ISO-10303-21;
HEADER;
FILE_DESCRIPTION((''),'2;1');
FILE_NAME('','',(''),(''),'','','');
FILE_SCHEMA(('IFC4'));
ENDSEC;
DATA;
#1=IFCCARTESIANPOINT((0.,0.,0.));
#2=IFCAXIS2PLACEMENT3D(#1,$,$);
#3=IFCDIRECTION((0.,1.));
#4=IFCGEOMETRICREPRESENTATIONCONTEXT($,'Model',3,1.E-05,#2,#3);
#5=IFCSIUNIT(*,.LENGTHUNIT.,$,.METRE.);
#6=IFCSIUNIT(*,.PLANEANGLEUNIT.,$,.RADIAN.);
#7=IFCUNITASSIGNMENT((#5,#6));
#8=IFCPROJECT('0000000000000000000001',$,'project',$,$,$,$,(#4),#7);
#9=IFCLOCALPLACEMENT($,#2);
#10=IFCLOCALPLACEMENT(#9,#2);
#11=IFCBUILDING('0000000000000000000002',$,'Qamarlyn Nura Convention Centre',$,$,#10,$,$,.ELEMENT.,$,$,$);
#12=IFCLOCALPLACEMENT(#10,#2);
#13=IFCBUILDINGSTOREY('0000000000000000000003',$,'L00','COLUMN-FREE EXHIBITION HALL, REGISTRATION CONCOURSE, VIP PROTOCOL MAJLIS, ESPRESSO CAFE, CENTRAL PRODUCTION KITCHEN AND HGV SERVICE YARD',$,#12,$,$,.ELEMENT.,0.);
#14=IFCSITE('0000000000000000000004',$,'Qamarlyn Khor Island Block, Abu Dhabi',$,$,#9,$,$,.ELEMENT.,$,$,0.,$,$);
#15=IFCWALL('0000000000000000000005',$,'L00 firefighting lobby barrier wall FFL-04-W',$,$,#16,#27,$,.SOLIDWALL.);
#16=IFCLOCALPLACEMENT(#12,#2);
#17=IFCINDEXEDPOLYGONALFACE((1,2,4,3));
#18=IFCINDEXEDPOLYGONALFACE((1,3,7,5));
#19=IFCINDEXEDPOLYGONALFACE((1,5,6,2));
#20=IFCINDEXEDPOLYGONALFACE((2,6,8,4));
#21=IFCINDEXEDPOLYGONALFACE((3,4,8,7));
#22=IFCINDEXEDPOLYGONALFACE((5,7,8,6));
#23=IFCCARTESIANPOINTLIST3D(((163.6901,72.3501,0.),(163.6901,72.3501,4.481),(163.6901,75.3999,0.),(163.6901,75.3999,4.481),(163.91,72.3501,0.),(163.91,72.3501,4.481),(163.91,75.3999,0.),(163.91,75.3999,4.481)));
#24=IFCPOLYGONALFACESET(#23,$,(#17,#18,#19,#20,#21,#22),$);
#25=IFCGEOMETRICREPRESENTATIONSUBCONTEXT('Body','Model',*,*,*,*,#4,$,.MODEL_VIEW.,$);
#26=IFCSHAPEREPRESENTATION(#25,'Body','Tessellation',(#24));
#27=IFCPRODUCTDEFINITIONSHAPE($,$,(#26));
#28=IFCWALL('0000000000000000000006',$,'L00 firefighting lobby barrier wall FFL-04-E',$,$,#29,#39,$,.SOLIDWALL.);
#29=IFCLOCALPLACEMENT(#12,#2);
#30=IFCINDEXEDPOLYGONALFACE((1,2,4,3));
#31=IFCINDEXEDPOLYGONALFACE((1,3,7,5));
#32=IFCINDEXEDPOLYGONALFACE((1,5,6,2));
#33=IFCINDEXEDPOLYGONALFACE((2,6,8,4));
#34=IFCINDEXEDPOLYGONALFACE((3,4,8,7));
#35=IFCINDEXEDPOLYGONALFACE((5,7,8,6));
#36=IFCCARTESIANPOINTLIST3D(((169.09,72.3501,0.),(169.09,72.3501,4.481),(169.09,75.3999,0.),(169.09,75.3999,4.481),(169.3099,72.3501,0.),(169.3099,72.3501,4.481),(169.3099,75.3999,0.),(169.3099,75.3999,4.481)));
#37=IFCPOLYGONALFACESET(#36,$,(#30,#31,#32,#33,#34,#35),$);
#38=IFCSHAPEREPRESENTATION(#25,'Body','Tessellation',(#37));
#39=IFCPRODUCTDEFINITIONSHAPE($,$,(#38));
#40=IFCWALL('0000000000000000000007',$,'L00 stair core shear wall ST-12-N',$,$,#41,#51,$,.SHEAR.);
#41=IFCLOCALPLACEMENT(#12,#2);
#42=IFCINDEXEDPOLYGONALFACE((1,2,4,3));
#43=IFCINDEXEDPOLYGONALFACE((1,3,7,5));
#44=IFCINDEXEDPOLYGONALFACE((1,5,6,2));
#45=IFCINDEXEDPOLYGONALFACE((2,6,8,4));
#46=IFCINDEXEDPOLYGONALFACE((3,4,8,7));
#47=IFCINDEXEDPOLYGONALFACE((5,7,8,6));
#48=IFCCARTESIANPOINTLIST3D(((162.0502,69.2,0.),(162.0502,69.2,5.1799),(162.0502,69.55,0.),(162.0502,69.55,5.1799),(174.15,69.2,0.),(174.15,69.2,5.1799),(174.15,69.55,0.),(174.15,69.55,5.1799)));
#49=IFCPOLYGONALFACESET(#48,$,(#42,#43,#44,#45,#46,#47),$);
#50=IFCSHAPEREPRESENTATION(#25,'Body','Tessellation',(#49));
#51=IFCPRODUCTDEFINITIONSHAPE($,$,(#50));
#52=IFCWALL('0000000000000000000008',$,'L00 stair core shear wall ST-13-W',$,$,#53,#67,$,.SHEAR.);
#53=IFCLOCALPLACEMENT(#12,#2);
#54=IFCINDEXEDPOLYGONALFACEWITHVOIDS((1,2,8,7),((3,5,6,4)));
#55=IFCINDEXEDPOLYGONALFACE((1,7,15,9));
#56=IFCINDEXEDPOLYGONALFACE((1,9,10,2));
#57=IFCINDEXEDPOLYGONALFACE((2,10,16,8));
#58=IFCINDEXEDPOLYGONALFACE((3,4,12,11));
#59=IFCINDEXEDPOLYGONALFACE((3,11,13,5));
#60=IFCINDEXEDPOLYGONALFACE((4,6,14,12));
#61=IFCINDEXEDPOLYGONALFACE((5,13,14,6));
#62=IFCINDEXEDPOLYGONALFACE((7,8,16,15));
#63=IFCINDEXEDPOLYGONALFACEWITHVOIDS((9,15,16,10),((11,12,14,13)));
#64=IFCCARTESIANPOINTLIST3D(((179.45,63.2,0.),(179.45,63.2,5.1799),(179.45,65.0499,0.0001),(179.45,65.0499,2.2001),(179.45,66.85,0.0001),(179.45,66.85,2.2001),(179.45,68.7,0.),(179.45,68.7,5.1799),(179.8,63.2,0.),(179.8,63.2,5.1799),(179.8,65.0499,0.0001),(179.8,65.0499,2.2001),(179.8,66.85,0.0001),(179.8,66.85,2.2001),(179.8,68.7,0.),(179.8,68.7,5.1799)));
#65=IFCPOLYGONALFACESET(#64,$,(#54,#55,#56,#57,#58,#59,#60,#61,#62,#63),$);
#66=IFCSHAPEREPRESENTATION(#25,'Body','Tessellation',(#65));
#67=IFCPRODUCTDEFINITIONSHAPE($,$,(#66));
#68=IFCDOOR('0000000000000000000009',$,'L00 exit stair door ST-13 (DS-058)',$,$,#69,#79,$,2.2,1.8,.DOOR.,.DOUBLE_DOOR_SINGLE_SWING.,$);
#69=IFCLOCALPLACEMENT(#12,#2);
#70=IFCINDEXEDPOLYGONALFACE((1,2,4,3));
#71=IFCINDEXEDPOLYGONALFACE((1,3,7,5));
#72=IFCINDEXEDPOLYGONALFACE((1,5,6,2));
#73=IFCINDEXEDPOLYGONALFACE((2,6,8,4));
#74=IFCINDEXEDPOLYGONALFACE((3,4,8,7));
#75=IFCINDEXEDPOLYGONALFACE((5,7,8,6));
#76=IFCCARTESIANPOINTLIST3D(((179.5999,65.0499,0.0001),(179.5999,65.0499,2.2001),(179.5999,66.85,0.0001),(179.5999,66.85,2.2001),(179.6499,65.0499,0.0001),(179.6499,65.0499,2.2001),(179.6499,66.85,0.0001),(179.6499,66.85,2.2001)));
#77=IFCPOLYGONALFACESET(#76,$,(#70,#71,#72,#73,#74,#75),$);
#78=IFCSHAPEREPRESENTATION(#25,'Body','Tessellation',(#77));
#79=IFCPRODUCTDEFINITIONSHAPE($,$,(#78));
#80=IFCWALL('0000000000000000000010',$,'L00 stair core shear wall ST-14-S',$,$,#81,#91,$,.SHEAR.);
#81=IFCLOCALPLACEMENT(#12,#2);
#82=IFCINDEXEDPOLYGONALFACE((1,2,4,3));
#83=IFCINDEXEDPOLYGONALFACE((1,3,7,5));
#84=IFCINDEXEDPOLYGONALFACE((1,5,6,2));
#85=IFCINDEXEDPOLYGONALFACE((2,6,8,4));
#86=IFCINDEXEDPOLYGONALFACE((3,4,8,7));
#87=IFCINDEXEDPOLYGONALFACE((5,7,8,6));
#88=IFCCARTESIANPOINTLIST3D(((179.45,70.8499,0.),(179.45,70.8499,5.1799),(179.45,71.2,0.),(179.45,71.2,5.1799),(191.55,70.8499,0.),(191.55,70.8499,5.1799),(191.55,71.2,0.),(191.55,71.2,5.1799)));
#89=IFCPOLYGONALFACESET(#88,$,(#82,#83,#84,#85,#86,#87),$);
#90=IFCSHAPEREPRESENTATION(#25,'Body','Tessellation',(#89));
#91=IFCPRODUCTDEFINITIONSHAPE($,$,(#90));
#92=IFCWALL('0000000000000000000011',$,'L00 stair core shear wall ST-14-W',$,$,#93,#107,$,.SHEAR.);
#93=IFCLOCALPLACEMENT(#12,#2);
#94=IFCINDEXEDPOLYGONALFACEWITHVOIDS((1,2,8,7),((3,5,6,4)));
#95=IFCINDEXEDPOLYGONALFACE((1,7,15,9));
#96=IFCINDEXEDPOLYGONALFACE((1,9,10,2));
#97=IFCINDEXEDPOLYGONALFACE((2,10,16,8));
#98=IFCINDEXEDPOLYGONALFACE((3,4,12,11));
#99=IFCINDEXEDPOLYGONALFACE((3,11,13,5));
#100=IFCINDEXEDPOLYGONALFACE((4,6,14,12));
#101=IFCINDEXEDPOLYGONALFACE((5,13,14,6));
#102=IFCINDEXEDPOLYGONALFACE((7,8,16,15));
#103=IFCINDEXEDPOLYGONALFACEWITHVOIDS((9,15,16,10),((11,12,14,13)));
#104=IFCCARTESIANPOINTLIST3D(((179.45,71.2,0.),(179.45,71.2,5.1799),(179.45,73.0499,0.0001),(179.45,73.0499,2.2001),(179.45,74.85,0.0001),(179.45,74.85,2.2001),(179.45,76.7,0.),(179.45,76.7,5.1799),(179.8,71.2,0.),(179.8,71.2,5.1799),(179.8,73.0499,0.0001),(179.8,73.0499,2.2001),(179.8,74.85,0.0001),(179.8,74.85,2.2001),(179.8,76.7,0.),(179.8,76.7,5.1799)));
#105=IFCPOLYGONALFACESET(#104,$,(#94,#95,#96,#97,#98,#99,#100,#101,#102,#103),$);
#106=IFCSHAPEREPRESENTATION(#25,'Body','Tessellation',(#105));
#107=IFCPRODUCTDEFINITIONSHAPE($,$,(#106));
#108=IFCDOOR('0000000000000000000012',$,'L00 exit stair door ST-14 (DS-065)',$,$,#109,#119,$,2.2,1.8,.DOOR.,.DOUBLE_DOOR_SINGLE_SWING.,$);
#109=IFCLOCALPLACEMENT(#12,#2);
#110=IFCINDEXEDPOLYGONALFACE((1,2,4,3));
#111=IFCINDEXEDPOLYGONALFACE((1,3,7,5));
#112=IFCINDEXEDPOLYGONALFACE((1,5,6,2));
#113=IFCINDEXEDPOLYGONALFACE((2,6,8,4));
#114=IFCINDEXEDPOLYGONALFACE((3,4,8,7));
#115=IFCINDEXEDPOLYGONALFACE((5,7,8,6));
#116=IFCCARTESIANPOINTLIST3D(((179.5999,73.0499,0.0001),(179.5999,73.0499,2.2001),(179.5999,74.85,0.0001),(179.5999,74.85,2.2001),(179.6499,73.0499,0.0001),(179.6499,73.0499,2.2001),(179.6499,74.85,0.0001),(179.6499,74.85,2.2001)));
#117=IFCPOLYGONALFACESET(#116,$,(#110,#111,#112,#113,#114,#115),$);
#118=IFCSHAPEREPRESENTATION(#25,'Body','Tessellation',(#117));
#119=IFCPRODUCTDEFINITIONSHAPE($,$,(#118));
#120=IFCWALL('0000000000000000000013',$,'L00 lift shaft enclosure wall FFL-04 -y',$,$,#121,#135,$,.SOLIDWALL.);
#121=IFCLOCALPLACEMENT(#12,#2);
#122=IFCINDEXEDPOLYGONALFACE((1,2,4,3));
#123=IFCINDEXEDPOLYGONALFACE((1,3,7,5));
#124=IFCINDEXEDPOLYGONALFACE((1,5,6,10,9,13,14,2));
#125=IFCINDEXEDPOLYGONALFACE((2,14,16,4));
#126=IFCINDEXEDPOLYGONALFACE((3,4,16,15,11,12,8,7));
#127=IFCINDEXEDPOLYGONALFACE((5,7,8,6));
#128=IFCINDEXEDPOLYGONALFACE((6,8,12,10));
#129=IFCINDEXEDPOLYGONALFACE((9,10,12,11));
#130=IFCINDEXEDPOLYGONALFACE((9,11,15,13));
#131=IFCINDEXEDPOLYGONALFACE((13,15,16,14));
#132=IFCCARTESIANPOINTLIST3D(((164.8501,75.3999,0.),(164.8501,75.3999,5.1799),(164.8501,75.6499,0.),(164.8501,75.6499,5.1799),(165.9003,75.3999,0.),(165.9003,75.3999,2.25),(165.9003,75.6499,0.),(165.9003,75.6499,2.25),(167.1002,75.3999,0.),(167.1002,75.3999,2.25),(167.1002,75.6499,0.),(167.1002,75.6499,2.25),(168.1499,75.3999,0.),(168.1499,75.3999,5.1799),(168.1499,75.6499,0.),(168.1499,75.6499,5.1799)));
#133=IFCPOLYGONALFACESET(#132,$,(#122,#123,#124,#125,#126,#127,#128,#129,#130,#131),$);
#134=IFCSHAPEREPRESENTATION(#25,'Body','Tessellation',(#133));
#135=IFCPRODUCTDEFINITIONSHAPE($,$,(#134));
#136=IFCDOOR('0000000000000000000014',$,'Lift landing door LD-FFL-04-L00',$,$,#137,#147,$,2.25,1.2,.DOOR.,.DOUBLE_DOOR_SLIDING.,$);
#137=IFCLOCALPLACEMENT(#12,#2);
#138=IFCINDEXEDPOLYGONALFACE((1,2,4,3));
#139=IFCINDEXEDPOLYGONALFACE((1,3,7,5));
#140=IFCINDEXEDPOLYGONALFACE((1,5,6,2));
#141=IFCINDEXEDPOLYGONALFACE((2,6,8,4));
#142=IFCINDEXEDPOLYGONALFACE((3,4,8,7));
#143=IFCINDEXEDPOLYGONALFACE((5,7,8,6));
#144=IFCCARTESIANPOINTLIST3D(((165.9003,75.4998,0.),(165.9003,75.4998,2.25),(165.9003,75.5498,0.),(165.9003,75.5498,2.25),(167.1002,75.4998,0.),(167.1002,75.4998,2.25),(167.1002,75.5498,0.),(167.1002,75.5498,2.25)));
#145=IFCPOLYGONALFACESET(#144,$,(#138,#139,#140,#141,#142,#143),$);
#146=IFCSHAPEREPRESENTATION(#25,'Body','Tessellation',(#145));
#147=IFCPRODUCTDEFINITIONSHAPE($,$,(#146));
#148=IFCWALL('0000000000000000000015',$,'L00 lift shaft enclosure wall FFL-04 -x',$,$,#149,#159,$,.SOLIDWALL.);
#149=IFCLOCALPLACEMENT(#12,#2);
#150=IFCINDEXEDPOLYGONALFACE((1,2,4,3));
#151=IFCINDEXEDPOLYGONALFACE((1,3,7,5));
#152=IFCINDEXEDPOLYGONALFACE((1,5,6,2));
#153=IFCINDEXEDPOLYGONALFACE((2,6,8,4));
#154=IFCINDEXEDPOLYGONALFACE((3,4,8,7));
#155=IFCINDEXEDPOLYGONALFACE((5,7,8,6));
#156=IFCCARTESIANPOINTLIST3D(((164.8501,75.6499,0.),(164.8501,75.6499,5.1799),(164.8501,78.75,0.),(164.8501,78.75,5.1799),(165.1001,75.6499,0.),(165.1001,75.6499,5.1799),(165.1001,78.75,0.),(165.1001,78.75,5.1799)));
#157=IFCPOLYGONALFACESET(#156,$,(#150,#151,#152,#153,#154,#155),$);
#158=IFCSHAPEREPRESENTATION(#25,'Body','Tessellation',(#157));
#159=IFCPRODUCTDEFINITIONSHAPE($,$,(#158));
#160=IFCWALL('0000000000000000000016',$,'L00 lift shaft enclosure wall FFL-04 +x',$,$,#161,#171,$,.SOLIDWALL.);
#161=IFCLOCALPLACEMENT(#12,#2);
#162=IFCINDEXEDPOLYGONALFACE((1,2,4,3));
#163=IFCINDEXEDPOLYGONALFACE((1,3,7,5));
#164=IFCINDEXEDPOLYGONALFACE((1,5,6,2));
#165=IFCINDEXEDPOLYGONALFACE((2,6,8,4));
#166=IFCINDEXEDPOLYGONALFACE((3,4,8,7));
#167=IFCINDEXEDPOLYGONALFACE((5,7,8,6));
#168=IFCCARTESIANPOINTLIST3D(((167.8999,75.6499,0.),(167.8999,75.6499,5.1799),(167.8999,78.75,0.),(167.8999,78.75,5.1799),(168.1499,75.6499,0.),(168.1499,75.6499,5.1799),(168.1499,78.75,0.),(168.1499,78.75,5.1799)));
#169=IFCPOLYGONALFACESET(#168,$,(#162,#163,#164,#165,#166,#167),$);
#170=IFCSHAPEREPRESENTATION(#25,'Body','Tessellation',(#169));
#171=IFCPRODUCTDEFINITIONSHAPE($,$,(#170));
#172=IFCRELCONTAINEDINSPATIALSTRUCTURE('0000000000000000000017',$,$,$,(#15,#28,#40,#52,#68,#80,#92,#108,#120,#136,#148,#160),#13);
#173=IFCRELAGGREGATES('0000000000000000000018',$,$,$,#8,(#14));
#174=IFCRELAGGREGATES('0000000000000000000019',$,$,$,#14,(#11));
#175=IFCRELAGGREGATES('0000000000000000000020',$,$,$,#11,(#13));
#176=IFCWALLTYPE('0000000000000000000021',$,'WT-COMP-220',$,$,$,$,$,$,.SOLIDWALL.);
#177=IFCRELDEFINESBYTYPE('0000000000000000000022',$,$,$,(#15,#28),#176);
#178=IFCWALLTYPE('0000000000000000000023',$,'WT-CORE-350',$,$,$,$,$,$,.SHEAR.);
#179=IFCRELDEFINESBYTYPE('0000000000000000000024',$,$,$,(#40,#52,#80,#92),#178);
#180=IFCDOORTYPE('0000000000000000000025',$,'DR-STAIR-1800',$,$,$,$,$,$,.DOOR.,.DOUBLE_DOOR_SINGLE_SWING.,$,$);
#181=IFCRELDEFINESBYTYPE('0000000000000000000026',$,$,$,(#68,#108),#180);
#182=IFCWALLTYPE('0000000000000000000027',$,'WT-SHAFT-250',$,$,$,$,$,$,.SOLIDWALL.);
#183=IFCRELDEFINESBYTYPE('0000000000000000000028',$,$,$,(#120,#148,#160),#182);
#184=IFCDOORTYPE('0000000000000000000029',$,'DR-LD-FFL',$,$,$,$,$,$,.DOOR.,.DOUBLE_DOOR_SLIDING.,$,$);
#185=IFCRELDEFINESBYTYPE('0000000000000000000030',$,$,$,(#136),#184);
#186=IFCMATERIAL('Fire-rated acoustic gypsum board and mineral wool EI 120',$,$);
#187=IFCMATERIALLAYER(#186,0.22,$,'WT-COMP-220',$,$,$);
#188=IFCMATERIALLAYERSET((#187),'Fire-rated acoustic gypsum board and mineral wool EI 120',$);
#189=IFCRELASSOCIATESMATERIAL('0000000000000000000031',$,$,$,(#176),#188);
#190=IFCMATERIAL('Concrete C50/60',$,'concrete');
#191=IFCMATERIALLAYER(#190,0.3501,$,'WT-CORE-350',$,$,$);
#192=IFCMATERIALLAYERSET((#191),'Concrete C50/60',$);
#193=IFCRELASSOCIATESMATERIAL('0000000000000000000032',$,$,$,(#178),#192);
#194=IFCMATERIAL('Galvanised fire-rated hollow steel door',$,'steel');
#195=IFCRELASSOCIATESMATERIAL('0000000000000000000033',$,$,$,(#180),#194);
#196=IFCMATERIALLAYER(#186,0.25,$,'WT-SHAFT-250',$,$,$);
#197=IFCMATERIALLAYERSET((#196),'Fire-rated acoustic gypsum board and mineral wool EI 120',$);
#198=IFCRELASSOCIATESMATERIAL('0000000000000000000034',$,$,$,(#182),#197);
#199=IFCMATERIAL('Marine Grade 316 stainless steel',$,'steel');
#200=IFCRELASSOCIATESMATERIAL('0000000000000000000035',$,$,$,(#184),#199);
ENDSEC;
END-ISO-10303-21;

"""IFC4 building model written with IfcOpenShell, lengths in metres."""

from ifc_helpers import new_model, si_unit, direction, frame, frame_2d, origin, place, context, subcontext, project, spatial, rectangle, extrude, material, layer, layer_set, type_object, element, fill, save


model = new_model("IFC4")

# Units and contexts
model_context = context("Model", 3, precision=1e-05, world=origin(), true_north=direction((0.0, 1.0)))
body_context = subcontext(model_context, "Body", "Model", "MODEL_VIEW")
ifc_project = project(units=[si_unit("LENGTHUNIT", "METRE"), si_unit("PLANEANGLEUNIT", "RADIAN")], contexts=[model_context])

# Site, building, storey
site_placement = place(None, origin())
site = spatial("IfcSite", under=ifc_project, at=site_placement, Name="Qamarlyn Khor Island Block, Abu Dhabi", CompositionType="ELEMENT", RefElevation=0.0)
building_placement = place(site_placement, origin())
building = spatial("IfcBuilding", under=site, at=building_placement, Name="Qamarlyn Nura Convention Centre", CompositionType="ELEMENT")
storey_placement = place(building_placement, origin())
storey = spatial("IfcBuildingStorey", under=building, at=storey_placement, Name="L00", Description="COLUMN-FREE EXHIBITION HALL, REGISTRATION CONCOURSE, VIP PROTOCOL MAJLIS, ESPRESSO CAFE, CENTRAL PRODUCTION KITCHEN AND HGV SERVICE YARD", CompositionType="ELEMENT", Elevation=0.0)

# Walls
ifc_material_1 = material(Name="Fire-rated acoustic gypsum board and mineral wool EI 120")
ifc_layer_1 = layer(ifc_material_1, 0.22, Name="WT-COMP-220")
ifc_layer_set_1 = layer_set([ifc_layer_1], Name="Fire-rated acoustic gypsum board and mineral wool EI 120")
wall_type_1 = type_object("IfcWallType", Name="WT-COMP-220", PredefinedType="SOLIDWALL", material=ifc_layer_set_1)
for number, where, z_axis, x_axis, name in (
    (1, (163.8, 72.3501, 0.0), (0.0, 0.0, 1.0), (0.0, 1.0, 0.0), "L00 firefighting lobby barrier wall FFL-04-W"),
    (2, (169.2, 72.3501, 0.0), (0.0, 0.0, 1.0), (0.0, 1.0, 0.0), "L00 firefighting lobby barrier wall FFL-04-E"),
):
    element("IfcWall", number, at=place(storey_placement, frame(where, z_axis=z_axis, x_axis=x_axis)), inside=storey, type_object=wall_type_1, Name=name, PredefinedType="SOLIDWALL", context=body_context, shape_type="SweptSolid", body=[
        extrude(rectangle(XDim=3.0498, YDim=0.22, at=frame_2d((1.5249, 0.0))), origin(), (0.0, 0.0, 1.0), 4.481),
    ])
ifc_material_2 = material(Name="Concrete C50/60", Category="concrete")
ifc_layer_2 = layer(ifc_material_2, 0.3501, Name="WT-CORE-350")
ifc_layer_set_2 = layer_set([ifc_layer_2], Name="Concrete C50/60")
wall_type_2 = type_object("IfcWallType", Name="WT-CORE-350", PredefinedType="SHEAR", material=ifc_layer_set_2)
wall_1_placement = place(storey_placement, frame((174.1499, 69.375, 0.0), z_axis=(0.0, 0.0, 1.0), x_axis=(-1.0, 0.0, 0.0)))
element("IfcWall", 3, at=wall_1_placement, inside=storey, type_object=wall_type_2, Name="L00 stair core shear wall ST-12-N", PredefinedType="SHEAR", context=body_context, shape_type="SweptSolid", body=[
    extrude(rectangle(XDim=12.0999, YDim=0.3501, at=frame_2d((6.0498, 0.0))), origin(), (0.0, 0.0, 1.0), 5.1799),
])

# Wall, opening, door
wall_2_placement = place(storey_placement, frame((179.625, 68.7, 0.0), z_axis=(0.0, 0.0, 1.0), x_axis=(0.0, -1.0, 0.0)))
wall_2 = element("IfcWall", 4, at=wall_2_placement, inside=storey, type_object=wall_type_2, Name="L00 stair core shear wall ST-13-W", PredefinedType="SHEAR", context=body_context, shape_type="SweptSolid", body=[
    extrude(rectangle(XDim=5.5, YDim=0.3501, at=frame_2d((2.75, 0.0))), origin(), (0.0, 0.0, 1.0), 5.1799),
])
opening_1_placement = place(wall_2_placement, frame((1.8501, 0.0, 0.0)))
opening_1 = element("IfcOpeningElement", 5, at=opening_1_placement, cuts=wall_2, PredefinedType="OPENING", context=body_context, shape_type="SweptSolid", body=[
    extrude(rectangle(XDim=1.8, YDim=2.2, at=frame_2d((0.8999, 1.1001))), frame((0.0, 0.1851, 0.0), z_axis=(0.0, -1.0, 0.0), x_axis=(1.0, 0.0, 0.0)), (0.0, 0.0, 1.0), 0.3701),
])
ifc_material_3 = material(Name="Galvanised fire-rated hollow steel door", Category="steel")
door_type_1 = type_object("IfcDoorType", Name="DR-STAIR-1800", OperationType="DOUBLE_DOOR_SINGLE_SWING", PredefinedType="DOOR", material=ifc_material_3)
door_1_placement = place(opening_1_placement, origin())
door_1 = element("IfcDoor", 6, at=door_1_placement, inside=storey, type_object=door_type_1, Name="L00 exit stair door ST-13 (DS-058)", OperationType="DOUBLE_DOOR_SINGLE_SWING", OverallHeight=2.2, OverallWidth=1.8, PredefinedType="DOOR", context=body_context, shape_type="SweptSolid", body=[
    extrude(rectangle(XDim=1.8, YDim=2.2, at=frame_2d((0.8999, 1.1001))), frame((0.0, 0.0249, 0.0), z_axis=(0.0, -1.0, 0.0), x_axis=(1.0, 0.0, 0.0)), (0.0, 0.0, 1.0), 0.05),
])
fill(opening_1, door_1)

# Wall
wall_3_placement = place(storey_placement, frame((179.45, 71.0249, 0.0), z_axis=(0.0, 0.0, 1.0), x_axis=(1.0, 0.0, 0.0)))
element("IfcWall", 7, at=wall_3_placement, inside=storey, type_object=wall_type_2, Name="L00 stair core shear wall ST-14-S", PredefinedType="SHEAR", context=body_context, shape_type="SweptSolid", body=[
    extrude(rectangle(XDim=12.1001, YDim=0.3501, at=frame_2d((6.05, 0.0))), origin(), (0.0, 0.0, 1.0), 5.1799),
])

# Walls, openings, doors
wall_4_placement = place(storey_placement, frame((179.625, 76.7, 0.0), z_axis=(0.0, 0.0, 1.0), x_axis=(0.0, -1.0, 0.0)))
wall_4 = element("IfcWall", 8, at=wall_4_placement, inside=storey, type_object=wall_type_2, Name="L00 stair core shear wall ST-14-W", PredefinedType="SHEAR", context=body_context, shape_type="SweptSolid", body=[
    extrude(rectangle(XDim=5.5, YDim=0.3501, at=frame_2d((2.75, 0.0))), origin(), (0.0, 0.0, 1.0), 5.1799),
])
opening_2_placement = place(wall_4_placement, frame((1.8501, 0.0, 0.0)))
opening_2 = element("IfcOpeningElement", 9, at=opening_2_placement, cuts=wall_4, PredefinedType="OPENING", context=body_context, shape_type="SweptSolid", body=[
    extrude(rectangle(XDim=1.8, YDim=2.2, at=frame_2d((0.8999, 1.1001))), frame((0.0, 0.1851, 0.0), z_axis=(0.0, -1.0, 0.0), x_axis=(1.0, 0.0, 0.0)), (0.0, 0.0, 1.0), 0.3701),
])
door_2_placement = place(opening_2_placement, origin())
door_2 = element("IfcDoor", 10, at=door_2_placement, inside=storey, type_object=door_type_1, Name="L00 exit stair door ST-14 (DS-065)", OperationType="DOUBLE_DOOR_SINGLE_SWING", OverallHeight=2.2, OverallWidth=1.8, PredefinedType="DOOR", context=body_context, shape_type="SweptSolid", body=[
    extrude(rectangle(XDim=1.8, YDim=2.2, at=frame_2d((0.8999, 1.1001))), frame((0.0, 0.0249, 0.0), z_axis=(0.0, -1.0, 0.0), x_axis=(1.0, 0.0, 0.0)), (0.0, 0.0, 1.0), 0.05),
])
fill(opening_2, door_2)
ifc_layer_3 = layer(ifc_material_1, 0.25, Name="WT-SHAFT-250")
ifc_layer_set_3 = layer_set([ifc_layer_3], Name="Fire-rated acoustic gypsum board and mineral wool EI 120")
wall_type_3 = type_object("IfcWallType", Name="WT-SHAFT-250", PredefinedType="SOLIDWALL", material=ifc_layer_set_3)
wall_5_placement = place(storey_placement, frame((164.8501, 75.5249, 0.0), z_axis=(0.0, 0.0, 1.0), x_axis=(1.0, 0.0, 0.0)))
wall_5 = element("IfcWall", 11, at=wall_5_placement, inside=storey, type_object=wall_type_3, Name="L00 lift shaft enclosure wall FFL-04 -y", PredefinedType="SOLIDWALL", context=body_context, shape_type="SweptSolid", body=[
    extrude(rectangle(XDim=3.2998, YDim=0.25, at=frame_2d((1.6499, 0.0))), origin(), (0.0, 0.0, 1.0), 5.1799),
])
opening_3_placement = place(wall_5_placement, frame((1.05, 0.0, 0.0)))
opening_3 = element("IfcOpeningElement", 12, at=opening_3_placement, cuts=wall_5, PredefinedType="OPENING", context=body_context, shape_type="SweptSolid", body=[
    extrude(rectangle(XDim=1.2, YDim=2.25, at=frame_2d((0.6001, 1.125))), frame((0.0, 0.135, 0.0), z_axis=(0.0, -1.0, 0.0), x_axis=(1.0, 0.0, 0.0)), (0.0, 0.0, 1.0), 0.27),
])
ifc_material_4 = material(Name="Marine Grade 316 stainless steel", Category="steel")
door_type_2 = type_object("IfcDoorType", Name="DR-LD-FFL", OperationType="DOUBLE_DOOR_SLIDING", PredefinedType="DOOR", material=ifc_material_4)
door_3_placement = place(opening_3_placement, origin())
door_3 = element("IfcDoor", 13, at=door_3_placement, inside=storey, type_object=door_type_2, Name="Lift landing door LD-FFL-04-L00", OperationType="DOUBLE_DOOR_SLIDING", OverallHeight=2.25, OverallWidth=1.2, PredefinedType="DOOR", context=body_context, shape_type="SweptSolid", body=[
    extrude(rectangle(XDim=1.2, YDim=2.25, at=frame_2d((0.6001, 1.125))), frame((0.0, 0.0249, 0.0), z_axis=(0.0, -1.0, 0.0), x_axis=(1.0, 0.0, 0.0)), (0.0, 0.0, 1.0), 0.05),
])
fill(opening_3, door_3)

# Walls
for number, where, z_axis, x_axis, name in (
    (14, (164.9751, 78.75, 0.0), (0.0, 0.0, 1.0), (0.0, -1.0, 0.0), "L00 lift shaft enclosure wall FFL-04 -x"),
    (15, (168.0249, 75.6499, 0.0), (0.0, 0.0, 1.0), (0.0, 1.0, 0.0), "L00 lift shaft enclosure wall FFL-04 +x"),
):
    element("IfcWall", number, at=place(storey_placement, frame(where, z_axis=z_axis, x_axis=x_axis)), inside=storey, type_object=wall_type_3, Name=name, PredefinedType="SOLIDWALL", context=body_context, shape_type="SweptSolid", body=[
        extrude(rectangle(XDim=3.1001, YDim=0.25, at=frame_2d((1.55, 0.0))), origin(), (0.0, 0.0, 1.0), 5.1799),
    ])

save(model, "model.ifc")
